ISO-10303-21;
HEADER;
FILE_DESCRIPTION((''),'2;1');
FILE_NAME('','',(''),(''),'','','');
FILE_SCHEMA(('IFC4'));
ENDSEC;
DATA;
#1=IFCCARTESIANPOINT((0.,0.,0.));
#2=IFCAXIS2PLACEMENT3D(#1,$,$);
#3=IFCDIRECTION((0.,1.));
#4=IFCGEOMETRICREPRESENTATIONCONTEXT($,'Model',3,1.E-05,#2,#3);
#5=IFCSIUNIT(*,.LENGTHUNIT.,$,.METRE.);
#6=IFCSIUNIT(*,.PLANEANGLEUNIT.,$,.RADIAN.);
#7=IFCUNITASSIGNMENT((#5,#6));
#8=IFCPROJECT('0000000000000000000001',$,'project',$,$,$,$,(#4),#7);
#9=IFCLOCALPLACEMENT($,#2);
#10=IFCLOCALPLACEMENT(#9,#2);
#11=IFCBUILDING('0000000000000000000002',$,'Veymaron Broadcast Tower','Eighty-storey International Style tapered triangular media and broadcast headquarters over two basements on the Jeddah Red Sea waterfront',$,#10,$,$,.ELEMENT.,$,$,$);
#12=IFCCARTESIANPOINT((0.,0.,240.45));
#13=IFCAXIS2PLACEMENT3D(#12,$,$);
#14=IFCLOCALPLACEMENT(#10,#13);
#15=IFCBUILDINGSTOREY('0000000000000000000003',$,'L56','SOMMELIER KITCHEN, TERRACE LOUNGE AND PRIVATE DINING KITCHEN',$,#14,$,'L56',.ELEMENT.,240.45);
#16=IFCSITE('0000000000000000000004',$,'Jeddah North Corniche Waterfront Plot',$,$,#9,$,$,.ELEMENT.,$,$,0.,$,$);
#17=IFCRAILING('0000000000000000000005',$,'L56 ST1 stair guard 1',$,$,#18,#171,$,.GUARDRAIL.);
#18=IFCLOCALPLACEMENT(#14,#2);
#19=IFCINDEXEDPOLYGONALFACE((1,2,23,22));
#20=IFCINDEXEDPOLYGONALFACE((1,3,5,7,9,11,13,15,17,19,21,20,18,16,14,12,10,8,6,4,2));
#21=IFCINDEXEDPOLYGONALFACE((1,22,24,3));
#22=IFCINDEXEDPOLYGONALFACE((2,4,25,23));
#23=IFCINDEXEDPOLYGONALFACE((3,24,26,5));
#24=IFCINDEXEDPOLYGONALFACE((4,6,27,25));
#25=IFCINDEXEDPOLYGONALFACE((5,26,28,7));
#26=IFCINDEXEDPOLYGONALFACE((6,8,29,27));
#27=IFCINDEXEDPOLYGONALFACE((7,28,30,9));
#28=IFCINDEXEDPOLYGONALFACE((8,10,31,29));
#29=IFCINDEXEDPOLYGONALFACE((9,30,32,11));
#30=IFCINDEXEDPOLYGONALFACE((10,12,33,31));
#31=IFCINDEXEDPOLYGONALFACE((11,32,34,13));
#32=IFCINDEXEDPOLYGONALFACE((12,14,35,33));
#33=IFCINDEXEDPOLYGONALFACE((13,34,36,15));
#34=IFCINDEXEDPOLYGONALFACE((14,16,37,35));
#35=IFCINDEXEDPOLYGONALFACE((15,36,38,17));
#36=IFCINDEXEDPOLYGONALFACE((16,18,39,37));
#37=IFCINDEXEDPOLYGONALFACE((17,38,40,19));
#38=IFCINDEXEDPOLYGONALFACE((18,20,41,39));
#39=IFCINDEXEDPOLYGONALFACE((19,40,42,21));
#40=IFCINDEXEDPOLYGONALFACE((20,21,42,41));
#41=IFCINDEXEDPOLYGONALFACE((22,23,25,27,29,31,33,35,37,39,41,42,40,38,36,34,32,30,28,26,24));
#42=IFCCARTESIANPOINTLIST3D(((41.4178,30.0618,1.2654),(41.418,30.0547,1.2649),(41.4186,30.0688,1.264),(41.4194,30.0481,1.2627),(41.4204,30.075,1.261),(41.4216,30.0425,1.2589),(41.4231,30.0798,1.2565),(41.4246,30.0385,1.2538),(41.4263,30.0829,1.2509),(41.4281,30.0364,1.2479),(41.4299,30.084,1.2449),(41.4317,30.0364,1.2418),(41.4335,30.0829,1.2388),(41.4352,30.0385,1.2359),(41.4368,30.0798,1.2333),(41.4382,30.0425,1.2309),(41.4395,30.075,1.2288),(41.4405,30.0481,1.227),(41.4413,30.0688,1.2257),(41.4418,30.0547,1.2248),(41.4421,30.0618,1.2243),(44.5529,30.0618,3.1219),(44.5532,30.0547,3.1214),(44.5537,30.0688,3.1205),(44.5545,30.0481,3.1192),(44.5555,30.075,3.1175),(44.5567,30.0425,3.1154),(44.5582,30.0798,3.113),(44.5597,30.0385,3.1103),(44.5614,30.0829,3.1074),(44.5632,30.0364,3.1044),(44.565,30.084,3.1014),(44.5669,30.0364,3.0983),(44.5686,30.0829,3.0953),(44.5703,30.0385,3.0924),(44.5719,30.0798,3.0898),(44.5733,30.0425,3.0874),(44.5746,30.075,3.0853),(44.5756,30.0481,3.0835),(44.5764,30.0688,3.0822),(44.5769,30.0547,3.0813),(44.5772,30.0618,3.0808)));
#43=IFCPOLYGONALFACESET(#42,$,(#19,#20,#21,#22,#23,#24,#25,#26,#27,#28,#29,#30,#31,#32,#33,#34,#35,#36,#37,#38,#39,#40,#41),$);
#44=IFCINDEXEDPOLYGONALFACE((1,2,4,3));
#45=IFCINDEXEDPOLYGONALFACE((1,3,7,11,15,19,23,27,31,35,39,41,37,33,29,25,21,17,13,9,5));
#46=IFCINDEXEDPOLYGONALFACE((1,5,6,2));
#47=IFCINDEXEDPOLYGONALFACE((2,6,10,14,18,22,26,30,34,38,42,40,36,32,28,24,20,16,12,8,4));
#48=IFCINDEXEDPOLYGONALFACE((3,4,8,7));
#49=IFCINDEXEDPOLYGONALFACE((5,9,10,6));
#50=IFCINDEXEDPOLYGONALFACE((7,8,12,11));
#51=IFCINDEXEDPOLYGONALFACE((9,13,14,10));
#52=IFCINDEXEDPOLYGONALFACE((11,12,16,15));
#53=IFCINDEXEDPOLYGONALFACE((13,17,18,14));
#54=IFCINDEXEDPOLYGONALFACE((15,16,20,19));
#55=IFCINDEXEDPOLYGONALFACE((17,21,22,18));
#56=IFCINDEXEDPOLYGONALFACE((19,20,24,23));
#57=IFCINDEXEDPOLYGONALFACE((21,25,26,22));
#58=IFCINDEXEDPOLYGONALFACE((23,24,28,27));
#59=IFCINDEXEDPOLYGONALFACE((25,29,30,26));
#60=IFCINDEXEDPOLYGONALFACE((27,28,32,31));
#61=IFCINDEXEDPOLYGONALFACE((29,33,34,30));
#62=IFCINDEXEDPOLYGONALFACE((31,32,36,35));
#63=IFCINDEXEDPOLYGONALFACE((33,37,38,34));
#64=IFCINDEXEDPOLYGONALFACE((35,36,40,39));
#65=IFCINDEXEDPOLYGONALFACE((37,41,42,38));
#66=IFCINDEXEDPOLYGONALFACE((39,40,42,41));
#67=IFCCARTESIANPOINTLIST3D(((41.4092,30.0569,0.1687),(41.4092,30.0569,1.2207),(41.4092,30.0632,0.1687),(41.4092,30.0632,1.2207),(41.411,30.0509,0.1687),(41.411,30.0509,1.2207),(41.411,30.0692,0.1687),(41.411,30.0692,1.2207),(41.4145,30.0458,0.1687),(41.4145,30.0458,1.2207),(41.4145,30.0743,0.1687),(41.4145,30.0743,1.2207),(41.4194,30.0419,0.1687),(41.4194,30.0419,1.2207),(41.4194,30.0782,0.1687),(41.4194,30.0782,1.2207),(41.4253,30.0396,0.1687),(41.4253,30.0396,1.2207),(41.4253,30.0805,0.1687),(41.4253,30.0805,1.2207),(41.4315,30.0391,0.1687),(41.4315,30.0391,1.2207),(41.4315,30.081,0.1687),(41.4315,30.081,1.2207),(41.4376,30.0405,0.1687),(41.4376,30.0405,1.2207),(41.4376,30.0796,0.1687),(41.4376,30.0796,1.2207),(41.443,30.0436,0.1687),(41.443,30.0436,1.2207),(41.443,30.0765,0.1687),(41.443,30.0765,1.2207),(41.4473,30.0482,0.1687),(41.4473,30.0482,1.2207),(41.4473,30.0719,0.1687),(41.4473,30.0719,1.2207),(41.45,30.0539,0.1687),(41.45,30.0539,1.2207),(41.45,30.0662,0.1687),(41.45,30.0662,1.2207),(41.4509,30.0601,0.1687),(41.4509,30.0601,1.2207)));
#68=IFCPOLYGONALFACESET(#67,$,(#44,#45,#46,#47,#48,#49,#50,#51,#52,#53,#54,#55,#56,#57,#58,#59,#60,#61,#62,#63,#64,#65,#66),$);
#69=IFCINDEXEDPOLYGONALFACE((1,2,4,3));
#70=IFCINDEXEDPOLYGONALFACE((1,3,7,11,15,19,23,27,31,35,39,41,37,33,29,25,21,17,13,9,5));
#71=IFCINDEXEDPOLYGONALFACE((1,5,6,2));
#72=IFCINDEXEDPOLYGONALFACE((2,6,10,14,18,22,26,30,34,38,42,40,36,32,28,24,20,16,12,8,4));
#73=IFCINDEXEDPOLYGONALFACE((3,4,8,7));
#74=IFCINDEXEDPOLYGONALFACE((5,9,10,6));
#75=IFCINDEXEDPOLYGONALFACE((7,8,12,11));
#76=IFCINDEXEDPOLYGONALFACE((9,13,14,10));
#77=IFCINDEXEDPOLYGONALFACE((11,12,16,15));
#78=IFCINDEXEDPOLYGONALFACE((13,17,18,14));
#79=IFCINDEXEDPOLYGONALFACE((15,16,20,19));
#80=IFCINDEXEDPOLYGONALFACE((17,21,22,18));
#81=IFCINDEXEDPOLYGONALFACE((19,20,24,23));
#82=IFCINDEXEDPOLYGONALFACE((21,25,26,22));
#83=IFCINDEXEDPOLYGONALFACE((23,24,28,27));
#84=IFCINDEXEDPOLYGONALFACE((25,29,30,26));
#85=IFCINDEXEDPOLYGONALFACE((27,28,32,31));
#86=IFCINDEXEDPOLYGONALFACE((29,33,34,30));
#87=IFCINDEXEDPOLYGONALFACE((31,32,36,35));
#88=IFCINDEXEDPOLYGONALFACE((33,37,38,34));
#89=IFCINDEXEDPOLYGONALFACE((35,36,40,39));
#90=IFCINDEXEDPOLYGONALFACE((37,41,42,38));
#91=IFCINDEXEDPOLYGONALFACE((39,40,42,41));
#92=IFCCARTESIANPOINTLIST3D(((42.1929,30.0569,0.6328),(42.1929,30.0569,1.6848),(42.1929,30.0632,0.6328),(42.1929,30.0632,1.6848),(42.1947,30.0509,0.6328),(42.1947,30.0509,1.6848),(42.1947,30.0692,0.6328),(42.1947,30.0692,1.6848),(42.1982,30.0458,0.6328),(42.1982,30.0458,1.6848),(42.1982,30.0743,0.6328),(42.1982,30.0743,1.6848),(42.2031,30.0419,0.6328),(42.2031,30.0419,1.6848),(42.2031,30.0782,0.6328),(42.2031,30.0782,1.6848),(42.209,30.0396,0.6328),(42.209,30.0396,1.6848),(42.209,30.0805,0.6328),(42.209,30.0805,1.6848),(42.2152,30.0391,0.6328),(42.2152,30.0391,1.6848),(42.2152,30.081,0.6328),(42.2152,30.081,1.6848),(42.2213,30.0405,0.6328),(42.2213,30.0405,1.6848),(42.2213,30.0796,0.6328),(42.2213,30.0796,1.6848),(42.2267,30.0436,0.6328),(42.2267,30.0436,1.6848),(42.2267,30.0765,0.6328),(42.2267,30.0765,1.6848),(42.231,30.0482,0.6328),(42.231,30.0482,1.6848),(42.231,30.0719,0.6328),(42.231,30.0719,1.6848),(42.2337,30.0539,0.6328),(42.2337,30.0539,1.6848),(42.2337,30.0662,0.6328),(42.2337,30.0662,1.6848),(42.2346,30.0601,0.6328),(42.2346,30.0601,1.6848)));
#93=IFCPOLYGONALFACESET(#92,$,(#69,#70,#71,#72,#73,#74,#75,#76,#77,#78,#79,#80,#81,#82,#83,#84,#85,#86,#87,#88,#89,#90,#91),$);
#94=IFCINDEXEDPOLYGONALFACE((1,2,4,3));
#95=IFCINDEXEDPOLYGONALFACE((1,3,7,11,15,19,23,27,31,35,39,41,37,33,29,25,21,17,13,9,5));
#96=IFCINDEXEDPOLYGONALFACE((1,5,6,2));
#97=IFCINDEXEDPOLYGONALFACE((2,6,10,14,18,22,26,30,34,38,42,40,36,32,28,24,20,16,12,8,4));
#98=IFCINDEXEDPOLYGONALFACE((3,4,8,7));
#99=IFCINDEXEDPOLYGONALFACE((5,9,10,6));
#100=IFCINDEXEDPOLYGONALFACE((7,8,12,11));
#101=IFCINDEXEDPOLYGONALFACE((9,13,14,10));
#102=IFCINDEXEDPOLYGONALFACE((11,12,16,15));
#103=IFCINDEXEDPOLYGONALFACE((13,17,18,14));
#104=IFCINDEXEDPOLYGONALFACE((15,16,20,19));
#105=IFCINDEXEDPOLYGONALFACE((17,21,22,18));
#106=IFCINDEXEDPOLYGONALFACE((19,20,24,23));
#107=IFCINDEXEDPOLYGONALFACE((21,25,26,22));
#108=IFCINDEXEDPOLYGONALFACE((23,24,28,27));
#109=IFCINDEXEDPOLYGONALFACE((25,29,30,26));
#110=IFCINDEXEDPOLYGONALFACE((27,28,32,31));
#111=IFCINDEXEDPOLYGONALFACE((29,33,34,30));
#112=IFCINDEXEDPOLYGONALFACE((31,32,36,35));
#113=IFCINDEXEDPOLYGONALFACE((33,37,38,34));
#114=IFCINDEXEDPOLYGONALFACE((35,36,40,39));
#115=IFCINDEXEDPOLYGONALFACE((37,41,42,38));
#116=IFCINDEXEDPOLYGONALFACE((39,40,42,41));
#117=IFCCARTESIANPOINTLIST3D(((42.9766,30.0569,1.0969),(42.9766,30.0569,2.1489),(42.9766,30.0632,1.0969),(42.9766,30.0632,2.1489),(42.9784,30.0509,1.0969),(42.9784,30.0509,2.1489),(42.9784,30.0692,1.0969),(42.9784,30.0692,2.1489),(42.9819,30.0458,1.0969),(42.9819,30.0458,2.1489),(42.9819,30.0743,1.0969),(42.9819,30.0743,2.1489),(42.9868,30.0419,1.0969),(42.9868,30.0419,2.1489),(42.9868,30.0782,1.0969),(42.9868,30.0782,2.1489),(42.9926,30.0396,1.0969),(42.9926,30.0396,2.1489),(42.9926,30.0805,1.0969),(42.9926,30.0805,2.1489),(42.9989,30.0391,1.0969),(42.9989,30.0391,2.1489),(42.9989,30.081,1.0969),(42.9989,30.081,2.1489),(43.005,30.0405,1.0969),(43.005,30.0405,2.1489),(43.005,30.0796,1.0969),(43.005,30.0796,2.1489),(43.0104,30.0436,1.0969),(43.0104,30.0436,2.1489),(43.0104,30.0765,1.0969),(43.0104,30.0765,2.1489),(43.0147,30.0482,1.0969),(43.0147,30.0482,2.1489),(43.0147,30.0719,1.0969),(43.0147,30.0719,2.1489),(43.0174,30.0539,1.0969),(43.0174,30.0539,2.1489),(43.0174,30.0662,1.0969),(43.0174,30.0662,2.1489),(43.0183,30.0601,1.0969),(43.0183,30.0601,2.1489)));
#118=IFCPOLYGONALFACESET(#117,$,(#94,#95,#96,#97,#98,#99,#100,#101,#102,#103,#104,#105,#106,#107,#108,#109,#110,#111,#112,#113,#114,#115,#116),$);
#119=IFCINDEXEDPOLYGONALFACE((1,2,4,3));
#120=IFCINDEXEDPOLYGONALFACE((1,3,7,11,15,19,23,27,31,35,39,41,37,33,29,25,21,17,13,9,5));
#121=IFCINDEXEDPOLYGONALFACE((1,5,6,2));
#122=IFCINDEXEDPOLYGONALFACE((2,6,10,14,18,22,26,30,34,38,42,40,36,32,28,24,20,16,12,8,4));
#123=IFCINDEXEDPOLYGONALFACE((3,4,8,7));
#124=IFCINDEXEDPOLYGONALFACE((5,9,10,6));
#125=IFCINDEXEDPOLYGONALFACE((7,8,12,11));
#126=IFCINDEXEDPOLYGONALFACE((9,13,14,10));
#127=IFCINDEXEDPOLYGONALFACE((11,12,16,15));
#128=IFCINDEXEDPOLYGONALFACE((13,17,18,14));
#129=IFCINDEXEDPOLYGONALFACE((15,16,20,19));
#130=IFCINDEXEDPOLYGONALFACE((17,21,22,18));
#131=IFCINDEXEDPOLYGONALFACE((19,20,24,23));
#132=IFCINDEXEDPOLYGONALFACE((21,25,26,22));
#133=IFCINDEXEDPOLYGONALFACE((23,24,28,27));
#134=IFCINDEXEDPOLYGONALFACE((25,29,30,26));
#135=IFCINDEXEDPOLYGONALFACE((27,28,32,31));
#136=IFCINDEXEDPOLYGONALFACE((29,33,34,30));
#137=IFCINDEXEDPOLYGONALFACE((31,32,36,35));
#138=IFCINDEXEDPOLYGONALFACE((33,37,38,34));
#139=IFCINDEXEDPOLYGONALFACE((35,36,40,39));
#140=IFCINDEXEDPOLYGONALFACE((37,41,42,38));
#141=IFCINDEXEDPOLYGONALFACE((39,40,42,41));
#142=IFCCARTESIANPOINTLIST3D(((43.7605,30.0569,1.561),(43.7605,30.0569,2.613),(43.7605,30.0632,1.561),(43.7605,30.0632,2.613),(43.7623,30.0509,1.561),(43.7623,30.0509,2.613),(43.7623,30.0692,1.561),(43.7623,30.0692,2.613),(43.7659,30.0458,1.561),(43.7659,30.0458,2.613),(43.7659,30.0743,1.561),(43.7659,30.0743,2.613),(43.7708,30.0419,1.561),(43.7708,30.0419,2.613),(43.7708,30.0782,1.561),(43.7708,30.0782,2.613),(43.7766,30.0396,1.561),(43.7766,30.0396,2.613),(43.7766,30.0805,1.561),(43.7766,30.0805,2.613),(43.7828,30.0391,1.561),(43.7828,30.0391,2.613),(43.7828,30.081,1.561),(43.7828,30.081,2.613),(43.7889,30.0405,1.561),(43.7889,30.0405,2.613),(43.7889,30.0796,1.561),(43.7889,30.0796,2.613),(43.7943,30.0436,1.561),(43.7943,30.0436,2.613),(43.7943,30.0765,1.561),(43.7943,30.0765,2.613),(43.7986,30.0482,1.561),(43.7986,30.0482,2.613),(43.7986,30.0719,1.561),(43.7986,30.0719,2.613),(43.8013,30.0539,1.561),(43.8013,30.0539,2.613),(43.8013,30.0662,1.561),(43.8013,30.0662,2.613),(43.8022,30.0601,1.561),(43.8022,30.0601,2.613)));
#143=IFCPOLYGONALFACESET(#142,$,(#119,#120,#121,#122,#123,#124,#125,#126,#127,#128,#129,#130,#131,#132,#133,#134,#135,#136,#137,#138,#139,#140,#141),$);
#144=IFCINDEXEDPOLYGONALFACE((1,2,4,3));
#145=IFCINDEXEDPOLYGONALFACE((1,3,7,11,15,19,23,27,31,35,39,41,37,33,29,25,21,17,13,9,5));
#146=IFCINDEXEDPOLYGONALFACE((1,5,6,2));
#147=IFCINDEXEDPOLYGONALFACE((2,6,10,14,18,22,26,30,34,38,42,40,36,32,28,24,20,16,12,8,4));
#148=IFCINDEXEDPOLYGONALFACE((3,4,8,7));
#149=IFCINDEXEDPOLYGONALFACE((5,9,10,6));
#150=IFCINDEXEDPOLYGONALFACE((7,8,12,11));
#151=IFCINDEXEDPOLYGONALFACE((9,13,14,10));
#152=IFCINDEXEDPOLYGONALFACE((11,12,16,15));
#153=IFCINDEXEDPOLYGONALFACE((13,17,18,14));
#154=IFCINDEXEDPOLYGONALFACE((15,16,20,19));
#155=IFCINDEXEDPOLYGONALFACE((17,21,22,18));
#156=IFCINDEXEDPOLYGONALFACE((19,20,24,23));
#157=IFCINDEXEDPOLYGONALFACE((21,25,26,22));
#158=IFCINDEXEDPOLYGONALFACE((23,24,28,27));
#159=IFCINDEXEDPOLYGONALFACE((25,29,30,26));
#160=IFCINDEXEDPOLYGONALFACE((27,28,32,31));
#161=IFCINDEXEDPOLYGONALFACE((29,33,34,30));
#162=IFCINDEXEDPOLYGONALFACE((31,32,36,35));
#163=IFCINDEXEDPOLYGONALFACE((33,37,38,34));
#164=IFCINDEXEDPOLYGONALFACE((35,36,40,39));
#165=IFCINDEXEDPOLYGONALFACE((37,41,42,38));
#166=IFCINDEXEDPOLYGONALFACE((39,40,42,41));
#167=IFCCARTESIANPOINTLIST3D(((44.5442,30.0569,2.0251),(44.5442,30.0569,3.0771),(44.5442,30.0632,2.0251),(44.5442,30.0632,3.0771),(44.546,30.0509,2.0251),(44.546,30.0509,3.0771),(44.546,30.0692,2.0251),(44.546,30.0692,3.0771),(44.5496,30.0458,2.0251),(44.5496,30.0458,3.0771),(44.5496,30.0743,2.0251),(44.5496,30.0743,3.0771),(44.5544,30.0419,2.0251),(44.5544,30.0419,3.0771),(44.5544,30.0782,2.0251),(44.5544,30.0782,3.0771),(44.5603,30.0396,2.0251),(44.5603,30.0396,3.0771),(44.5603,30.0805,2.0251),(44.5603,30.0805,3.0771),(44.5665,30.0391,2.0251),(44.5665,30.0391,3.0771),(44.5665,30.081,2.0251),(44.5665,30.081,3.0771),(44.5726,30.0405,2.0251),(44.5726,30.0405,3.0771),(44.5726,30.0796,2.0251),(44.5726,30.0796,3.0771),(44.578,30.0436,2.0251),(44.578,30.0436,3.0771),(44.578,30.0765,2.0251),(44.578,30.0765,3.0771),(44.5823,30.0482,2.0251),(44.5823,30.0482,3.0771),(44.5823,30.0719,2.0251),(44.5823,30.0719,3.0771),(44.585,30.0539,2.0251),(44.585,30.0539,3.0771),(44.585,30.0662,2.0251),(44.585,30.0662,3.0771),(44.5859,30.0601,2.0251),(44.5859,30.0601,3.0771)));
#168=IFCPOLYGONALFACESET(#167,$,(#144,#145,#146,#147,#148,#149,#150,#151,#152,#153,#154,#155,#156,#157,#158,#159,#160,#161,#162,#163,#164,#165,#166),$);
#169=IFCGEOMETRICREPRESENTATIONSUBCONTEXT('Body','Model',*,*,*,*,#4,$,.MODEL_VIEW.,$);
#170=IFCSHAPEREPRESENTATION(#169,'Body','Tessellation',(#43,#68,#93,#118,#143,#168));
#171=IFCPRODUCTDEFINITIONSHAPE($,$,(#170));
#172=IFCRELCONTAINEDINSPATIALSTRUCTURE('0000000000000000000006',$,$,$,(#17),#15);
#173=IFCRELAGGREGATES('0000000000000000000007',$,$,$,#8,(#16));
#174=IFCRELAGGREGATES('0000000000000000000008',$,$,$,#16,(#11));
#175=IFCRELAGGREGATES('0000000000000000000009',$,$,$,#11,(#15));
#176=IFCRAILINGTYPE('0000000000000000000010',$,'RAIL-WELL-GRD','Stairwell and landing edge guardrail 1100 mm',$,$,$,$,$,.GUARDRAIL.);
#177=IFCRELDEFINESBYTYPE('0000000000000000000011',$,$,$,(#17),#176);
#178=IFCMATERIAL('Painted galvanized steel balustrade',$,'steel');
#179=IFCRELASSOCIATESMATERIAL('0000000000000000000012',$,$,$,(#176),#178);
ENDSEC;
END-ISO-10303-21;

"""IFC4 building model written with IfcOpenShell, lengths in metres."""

from ifc_helpers import new_model, si_unit, direction, frame, origin, origin_2d, place, context, subcontext, project, spatial, circle, extrude, material, type_object, element, save


model = new_model("IFC4")

# Units and contexts
model_context = context("Model", 3, precision=1e-05, world=origin(), true_north=direction((0.0, 1.0)))
body_context = subcontext(model_context, "Body", "Model", "MODEL_VIEW")
ifc_project = project(units=[si_unit("LENGTHUNIT", "METRE"), si_unit("PLANEANGLEUNIT", "RADIAN")], contexts=[model_context])

# Site, building, storey
site_placement = place(None, origin())
site = spatial("IfcSite", under=ifc_project, at=site_placement, Name="Jeddah North Corniche Waterfront Plot", CompositionType="ELEMENT", RefElevation=0.0)
building_placement = place(site_placement, origin())
building = spatial("IfcBuilding", under=site, at=building_placement, Name="Veymaron Broadcast Tower", Description="Eighty-storey International Style tapered triangular media and broadcast headquarters over two basements on the Jeddah Red Sea waterfront", CompositionType="ELEMENT")
storey_placement = place(building_placement, frame((0.0, 0.0, 240.45)))
storey = spatial("IfcBuildingStorey", under=building, at=storey_placement, Name="L56", Description="SOMMELIER KITCHEN, TERRACE LOUNGE AND PRIVATE DINING KITCHEN", LongName="L56", CompositionType="ELEMENT", Elevation=240.45)

# Railing
ifc_material_1 = material(Name="Painted galvanized steel balustrade", Category="steel")
railing_type_1 = type_object("IfcRailingType", Name="RAIL-WELL-GRD", Description="Stairwell and landing edge guardrail 1100 mm", PredefinedType="GUARDRAIL", material=ifc_material_1)
railing_1_placement = place(storey_placement, frame((41.4299, 30.0601, 0.1687)))
element("IfcRailing", 1, at=railing_1_placement, inside=storey, type_object=railing_type_1, Name="L56 ST1 stair guard 1", PredefinedType="GUARDRAIL", context=body_context, shape_type="SweptSolid", body=[
    extrude(circle(Radius=0.0239, at=origin_2d()), frame((0.0, 0.0, 1.0762), z_axis=(0.860453, 0.0, 0.509531), x_axis=(0.0, 1.0, 0.0)), (0.0, 0.0, 1.0), 3.6436),
    extrude(circle(Radius=0.021, at=origin_2d()), origin(), (0.0, 0.0, 1.0), 1.052),
    extrude(circle(Radius=0.021, at=origin_2d()), frame((0.7837, 0.0, 0.4641)), (0.0, 0.0, 1.0), 1.052),
    extrude(circle(Radius=0.021, at=origin_2d()), frame((1.5674, 0.0, 0.9282)), (0.0, 0.0, 1.0), 1.052),
    extrude(circle(Radius=0.021, at=origin_2d()), frame((2.3513, 0.0, 1.3923)), (0.0, 0.0, 1.0), 1.052),
    extrude(circle(Radius=0.021, at=origin_2d()), frame((3.135, 0.0, 1.8564)), (0.0, 0.0, 1.0), 1.052),
])

save(model, "model.ifc")
